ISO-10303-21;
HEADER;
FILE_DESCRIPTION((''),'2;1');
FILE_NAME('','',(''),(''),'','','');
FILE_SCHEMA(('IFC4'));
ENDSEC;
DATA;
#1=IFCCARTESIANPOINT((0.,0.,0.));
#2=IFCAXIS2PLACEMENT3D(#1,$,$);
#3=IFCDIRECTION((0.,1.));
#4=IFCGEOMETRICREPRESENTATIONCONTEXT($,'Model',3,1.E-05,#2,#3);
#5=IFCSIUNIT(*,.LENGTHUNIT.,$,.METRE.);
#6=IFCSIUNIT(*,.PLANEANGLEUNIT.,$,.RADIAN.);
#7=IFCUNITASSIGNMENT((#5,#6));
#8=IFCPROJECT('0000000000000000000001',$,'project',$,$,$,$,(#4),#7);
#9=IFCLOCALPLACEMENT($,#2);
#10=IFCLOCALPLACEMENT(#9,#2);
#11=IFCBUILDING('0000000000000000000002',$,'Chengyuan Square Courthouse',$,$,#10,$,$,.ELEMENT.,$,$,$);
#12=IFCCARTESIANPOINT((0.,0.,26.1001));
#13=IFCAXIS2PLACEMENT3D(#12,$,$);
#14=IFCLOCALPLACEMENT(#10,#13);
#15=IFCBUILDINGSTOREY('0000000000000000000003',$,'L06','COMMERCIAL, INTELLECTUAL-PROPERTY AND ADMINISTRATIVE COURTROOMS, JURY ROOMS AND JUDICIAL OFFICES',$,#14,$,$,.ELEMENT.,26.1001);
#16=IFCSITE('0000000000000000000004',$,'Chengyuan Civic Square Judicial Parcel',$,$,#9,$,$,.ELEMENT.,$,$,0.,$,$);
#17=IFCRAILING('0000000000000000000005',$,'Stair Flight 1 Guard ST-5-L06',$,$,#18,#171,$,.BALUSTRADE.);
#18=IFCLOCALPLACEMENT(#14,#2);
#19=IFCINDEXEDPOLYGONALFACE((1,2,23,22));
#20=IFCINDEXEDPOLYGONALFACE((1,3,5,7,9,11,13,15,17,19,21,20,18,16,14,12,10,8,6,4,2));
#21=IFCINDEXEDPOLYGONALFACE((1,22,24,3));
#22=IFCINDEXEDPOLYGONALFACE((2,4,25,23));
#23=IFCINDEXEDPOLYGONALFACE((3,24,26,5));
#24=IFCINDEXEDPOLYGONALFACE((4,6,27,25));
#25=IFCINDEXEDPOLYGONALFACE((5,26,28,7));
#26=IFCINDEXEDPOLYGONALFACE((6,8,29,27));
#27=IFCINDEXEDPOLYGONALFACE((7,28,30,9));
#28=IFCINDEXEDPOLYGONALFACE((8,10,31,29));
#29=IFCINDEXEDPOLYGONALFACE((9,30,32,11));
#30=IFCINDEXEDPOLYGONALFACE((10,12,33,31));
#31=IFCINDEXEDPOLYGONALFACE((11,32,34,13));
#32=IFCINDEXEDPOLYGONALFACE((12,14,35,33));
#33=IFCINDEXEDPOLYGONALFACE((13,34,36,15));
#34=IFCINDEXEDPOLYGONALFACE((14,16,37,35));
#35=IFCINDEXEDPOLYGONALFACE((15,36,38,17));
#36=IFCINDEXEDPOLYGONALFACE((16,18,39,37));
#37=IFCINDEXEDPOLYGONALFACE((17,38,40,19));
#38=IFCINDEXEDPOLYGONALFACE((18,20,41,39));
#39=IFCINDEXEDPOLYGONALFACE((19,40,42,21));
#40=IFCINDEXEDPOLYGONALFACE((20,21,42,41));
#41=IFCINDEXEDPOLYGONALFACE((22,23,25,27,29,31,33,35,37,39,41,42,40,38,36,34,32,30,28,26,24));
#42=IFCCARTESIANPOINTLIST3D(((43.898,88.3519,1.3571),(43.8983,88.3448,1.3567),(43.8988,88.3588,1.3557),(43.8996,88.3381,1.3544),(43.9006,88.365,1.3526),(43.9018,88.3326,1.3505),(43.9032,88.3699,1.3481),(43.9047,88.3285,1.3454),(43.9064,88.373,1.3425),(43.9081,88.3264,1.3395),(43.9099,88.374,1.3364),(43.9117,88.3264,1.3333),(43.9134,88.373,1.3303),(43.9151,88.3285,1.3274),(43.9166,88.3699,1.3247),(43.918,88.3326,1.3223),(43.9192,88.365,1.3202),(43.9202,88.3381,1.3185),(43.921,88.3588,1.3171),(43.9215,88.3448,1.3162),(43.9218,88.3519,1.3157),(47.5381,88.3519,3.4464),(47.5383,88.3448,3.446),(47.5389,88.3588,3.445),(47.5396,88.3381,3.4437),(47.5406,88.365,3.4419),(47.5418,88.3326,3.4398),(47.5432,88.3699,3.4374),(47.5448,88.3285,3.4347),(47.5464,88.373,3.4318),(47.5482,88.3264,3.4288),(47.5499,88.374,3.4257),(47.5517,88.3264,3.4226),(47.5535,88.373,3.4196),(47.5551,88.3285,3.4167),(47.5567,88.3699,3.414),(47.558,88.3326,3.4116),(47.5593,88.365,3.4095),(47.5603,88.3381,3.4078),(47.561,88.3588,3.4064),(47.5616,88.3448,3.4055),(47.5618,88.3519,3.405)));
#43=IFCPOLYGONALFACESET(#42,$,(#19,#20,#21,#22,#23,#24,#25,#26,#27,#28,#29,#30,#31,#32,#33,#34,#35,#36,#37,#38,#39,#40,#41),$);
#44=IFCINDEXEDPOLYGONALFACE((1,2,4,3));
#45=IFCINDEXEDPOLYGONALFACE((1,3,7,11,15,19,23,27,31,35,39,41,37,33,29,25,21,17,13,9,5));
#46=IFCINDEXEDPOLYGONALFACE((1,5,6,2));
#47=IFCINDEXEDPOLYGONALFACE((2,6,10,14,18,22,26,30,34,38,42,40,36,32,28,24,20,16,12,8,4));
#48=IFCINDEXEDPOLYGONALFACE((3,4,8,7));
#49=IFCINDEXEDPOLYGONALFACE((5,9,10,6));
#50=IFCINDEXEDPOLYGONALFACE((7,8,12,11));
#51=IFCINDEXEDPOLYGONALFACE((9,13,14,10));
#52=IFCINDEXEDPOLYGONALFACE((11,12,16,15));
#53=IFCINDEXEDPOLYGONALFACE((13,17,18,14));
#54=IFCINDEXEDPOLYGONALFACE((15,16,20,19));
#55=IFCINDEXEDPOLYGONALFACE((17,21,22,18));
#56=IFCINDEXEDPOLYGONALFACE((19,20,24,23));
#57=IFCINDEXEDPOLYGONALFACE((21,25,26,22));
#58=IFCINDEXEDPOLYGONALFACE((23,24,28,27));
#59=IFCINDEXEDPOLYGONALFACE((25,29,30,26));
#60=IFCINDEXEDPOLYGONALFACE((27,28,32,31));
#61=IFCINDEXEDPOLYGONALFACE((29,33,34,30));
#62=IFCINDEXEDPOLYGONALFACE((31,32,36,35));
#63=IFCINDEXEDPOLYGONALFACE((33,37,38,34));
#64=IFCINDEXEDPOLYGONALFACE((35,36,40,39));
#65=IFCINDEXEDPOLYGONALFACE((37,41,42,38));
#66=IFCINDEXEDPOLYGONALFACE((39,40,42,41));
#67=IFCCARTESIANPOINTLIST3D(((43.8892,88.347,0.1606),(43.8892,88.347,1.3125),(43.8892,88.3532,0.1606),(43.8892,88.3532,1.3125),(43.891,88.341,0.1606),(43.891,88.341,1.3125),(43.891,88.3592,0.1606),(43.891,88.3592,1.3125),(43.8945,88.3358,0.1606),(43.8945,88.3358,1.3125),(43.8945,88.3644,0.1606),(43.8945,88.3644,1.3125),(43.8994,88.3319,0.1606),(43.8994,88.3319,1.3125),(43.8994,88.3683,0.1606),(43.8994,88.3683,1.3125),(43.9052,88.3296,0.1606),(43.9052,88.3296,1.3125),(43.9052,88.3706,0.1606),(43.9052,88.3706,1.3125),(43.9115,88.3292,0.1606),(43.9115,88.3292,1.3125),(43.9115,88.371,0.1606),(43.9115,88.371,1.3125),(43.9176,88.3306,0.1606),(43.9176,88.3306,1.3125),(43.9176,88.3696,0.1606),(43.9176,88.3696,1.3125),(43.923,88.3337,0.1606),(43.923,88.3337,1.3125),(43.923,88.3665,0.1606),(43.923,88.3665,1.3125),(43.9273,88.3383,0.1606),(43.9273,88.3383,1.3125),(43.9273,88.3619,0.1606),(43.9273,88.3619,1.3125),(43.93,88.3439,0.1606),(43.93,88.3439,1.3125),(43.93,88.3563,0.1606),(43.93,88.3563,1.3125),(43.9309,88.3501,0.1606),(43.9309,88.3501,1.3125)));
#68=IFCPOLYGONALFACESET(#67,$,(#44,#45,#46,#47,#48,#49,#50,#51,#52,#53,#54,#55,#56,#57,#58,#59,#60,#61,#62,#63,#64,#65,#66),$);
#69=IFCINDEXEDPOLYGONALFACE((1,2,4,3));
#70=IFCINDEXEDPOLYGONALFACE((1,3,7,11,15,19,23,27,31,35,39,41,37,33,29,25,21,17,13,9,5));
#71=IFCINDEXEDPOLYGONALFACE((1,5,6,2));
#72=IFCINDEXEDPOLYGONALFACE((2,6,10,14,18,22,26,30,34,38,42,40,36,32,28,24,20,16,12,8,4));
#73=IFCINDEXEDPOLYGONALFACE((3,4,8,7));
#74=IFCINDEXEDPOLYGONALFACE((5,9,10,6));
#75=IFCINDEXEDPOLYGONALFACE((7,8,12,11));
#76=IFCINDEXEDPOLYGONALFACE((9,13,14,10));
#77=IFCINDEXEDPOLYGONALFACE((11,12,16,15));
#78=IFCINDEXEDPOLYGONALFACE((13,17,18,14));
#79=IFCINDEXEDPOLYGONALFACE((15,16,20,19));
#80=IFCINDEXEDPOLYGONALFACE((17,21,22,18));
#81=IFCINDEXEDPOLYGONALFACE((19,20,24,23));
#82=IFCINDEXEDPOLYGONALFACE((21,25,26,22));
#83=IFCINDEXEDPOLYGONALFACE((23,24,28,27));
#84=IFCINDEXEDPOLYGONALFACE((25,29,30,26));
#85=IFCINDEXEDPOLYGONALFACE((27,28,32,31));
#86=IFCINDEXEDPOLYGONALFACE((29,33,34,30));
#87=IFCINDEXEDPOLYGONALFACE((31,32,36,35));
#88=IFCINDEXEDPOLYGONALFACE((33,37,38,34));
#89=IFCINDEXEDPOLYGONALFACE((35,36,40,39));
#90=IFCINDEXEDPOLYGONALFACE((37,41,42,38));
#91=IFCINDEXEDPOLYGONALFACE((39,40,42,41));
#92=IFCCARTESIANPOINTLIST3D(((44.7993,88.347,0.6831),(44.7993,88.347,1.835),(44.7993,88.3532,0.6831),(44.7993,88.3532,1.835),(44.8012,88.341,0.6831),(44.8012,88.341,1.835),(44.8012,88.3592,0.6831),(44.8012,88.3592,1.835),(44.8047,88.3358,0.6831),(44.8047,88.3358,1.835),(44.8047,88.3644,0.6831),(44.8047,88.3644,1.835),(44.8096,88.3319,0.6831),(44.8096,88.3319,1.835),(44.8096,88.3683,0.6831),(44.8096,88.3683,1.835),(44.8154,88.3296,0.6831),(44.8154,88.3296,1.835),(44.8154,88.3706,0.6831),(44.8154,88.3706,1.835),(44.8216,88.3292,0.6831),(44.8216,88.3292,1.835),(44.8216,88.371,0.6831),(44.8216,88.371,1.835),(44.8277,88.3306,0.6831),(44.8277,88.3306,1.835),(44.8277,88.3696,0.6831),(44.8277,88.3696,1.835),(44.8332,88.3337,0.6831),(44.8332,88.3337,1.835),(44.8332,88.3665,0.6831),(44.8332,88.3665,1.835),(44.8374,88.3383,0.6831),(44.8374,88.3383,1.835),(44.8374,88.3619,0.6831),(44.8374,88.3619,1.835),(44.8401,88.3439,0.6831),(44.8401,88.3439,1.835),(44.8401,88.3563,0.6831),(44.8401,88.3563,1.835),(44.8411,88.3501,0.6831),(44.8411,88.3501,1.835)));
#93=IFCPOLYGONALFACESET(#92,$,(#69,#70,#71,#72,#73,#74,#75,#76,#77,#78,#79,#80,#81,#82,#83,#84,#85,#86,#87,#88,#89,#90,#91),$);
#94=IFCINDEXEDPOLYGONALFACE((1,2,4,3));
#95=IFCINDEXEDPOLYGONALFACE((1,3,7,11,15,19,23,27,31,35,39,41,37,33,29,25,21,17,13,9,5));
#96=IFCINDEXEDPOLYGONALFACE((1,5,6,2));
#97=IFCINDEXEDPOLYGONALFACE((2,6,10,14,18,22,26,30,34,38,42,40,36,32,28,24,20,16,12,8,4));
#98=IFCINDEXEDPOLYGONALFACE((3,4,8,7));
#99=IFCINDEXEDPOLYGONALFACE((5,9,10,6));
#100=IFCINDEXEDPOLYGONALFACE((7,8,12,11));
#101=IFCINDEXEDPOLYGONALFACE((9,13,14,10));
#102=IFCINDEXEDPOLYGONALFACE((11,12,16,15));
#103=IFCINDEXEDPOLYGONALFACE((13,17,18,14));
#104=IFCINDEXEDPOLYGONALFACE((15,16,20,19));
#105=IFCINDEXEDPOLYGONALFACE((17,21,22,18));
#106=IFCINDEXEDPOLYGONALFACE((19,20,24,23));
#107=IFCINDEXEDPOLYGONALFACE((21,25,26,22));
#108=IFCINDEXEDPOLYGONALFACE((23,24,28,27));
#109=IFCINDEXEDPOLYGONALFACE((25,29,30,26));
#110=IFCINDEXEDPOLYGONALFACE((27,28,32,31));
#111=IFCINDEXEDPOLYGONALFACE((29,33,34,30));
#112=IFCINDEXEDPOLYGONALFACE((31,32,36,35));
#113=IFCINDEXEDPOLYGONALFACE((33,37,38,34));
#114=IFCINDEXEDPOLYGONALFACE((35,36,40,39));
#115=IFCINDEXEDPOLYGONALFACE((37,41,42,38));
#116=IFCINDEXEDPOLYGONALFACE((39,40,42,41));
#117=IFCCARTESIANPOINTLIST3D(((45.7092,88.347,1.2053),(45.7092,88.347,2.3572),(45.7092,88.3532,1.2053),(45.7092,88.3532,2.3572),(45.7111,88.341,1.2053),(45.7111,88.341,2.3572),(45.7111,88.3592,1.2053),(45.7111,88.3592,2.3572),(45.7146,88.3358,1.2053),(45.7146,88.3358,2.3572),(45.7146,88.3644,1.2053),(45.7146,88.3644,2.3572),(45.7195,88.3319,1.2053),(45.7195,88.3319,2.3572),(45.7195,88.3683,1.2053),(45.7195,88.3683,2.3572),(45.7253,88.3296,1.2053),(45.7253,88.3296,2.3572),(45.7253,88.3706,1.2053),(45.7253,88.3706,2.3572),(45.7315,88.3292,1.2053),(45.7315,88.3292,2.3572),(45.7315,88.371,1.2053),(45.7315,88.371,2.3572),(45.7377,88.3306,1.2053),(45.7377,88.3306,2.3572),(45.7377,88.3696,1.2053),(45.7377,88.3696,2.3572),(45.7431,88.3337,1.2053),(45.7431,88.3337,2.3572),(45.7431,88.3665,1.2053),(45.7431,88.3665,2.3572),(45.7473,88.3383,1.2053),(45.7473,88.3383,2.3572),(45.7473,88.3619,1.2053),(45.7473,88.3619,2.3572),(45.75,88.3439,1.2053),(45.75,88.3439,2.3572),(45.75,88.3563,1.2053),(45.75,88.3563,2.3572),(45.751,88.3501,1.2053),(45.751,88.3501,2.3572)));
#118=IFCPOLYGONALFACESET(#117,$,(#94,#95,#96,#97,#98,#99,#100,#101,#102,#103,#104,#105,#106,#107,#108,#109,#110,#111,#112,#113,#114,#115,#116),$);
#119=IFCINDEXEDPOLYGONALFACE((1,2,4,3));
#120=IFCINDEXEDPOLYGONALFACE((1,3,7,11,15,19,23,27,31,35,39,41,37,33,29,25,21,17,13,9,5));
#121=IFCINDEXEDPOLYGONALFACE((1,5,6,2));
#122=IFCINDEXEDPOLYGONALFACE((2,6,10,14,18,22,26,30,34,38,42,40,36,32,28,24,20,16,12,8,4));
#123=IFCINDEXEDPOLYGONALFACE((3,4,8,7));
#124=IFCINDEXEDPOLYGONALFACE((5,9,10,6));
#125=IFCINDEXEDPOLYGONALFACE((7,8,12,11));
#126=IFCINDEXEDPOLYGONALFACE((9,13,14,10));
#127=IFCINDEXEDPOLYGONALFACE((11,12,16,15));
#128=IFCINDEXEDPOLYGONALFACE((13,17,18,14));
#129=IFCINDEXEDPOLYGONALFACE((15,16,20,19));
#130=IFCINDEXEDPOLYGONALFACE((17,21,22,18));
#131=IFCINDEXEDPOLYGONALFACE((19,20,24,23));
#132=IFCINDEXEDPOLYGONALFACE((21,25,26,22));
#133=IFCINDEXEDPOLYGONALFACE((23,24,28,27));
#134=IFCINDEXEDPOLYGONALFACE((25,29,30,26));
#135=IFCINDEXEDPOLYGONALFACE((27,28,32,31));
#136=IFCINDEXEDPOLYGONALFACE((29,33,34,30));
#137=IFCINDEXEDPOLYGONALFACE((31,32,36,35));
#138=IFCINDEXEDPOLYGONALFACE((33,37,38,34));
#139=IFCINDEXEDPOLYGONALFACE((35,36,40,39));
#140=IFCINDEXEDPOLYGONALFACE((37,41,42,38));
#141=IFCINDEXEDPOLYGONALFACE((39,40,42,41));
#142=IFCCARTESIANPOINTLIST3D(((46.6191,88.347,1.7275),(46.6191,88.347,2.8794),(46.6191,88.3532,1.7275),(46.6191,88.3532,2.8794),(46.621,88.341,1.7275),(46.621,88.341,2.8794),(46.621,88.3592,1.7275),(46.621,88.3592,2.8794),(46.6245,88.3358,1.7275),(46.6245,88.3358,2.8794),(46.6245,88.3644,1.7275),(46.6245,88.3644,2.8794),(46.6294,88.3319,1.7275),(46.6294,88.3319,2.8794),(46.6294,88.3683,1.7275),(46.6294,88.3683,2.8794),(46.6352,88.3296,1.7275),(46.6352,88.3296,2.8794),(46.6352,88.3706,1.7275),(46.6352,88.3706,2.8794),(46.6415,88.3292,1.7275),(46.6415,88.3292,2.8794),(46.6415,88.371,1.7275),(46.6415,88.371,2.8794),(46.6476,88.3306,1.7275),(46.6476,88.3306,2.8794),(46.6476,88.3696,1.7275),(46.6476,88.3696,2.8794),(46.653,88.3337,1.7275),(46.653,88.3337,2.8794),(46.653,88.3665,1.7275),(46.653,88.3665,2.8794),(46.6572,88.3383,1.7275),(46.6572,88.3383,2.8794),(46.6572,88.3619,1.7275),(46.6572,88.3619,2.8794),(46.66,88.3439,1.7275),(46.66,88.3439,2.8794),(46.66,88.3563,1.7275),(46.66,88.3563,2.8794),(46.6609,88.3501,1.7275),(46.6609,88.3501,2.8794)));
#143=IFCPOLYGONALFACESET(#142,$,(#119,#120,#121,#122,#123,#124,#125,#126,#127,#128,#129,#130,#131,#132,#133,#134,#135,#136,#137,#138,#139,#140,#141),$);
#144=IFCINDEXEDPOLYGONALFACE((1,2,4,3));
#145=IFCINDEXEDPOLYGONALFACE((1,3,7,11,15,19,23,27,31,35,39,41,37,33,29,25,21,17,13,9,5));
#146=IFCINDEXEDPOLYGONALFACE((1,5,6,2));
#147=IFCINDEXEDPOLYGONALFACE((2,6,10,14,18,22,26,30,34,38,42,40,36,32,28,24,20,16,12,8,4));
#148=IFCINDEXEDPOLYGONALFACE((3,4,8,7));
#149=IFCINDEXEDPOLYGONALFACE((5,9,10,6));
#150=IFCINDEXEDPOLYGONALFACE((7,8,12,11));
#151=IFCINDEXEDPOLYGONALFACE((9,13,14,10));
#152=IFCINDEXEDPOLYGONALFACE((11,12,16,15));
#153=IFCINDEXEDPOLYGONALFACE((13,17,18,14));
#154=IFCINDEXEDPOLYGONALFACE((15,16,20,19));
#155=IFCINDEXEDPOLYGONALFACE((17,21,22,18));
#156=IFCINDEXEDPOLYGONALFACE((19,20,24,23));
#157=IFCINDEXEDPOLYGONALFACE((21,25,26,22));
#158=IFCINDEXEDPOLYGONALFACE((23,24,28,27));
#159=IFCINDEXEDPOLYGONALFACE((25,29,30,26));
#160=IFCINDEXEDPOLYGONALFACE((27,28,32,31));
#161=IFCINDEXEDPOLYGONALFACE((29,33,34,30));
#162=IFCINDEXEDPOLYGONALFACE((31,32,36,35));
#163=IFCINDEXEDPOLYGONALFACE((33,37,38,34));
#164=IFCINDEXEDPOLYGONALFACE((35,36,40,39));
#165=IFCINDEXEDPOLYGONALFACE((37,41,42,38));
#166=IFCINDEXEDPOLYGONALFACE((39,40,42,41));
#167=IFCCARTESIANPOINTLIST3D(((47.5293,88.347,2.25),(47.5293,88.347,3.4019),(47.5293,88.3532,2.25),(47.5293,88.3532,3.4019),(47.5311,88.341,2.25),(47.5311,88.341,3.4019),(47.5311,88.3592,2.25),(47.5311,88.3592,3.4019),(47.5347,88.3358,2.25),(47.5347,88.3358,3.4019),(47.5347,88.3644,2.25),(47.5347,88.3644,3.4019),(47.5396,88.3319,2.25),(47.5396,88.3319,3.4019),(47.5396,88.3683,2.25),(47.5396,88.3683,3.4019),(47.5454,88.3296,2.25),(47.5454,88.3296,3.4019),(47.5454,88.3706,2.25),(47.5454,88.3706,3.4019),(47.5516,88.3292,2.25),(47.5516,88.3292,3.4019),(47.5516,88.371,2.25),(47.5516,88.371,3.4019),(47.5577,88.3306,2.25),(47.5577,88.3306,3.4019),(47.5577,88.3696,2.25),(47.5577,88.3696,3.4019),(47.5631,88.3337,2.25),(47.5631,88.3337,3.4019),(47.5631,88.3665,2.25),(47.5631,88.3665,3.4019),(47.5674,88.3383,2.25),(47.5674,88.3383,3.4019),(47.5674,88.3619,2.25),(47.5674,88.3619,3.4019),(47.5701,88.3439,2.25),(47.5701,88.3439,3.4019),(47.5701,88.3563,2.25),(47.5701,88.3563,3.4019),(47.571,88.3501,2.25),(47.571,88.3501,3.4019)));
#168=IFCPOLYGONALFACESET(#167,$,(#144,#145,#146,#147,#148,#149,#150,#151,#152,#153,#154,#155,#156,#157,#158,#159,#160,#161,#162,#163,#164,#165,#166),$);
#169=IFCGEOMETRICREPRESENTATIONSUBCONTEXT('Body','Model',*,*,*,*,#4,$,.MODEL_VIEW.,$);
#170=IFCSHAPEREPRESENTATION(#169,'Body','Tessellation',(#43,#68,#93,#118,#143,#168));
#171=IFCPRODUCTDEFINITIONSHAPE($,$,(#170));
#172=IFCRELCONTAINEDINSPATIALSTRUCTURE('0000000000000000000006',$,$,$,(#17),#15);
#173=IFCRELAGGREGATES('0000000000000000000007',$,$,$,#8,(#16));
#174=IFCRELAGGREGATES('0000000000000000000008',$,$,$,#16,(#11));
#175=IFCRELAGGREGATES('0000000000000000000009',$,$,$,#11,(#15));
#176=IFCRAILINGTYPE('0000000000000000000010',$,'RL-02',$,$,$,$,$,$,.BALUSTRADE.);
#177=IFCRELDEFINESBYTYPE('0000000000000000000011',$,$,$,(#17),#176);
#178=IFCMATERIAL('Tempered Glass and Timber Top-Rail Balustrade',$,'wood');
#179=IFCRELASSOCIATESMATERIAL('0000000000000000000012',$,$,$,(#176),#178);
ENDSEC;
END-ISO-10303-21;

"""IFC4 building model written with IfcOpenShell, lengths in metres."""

from ifc_helpers import new_model, si_unit, direction, frame, origin, origin_2d, place, context, subcontext, project, spatial, circle, extrude, material, type_object, element, save


model = new_model("IFC4")

# Units and contexts
model_context = context("Model", 3, precision=1e-05, world=origin(), true_north=direction((0.0, 1.0)))
body_context = subcontext(model_context, "Body", "Model", "MODEL_VIEW")
ifc_project = project(units=[si_unit("LENGTHUNIT", "METRE"), si_unit("PLANEANGLEUNIT", "RADIAN")], contexts=[model_context])

# Site, building, storey
site_placement = place(None, origin())
site = spatial("IfcSite", under=ifc_project, at=site_placement, Name="Chengyuan Civic Square Judicial Parcel", CompositionType="ELEMENT", RefElevation=0.0)
building_placement = place(site_placement, origin())
building = spatial("IfcBuilding", under=site, at=building_placement, Name="Chengyuan Square Courthouse", CompositionType="ELEMENT")
storey_placement = place(building_placement, frame((0.0, 0.0, 26.1001)))
storey = spatial("IfcBuildingStorey", under=building, at=storey_placement, Name="L06", Description="COMMERCIAL, INTELLECTUAL-PROPERTY AND ADMINISTRATIVE COURTROOMS, JURY ROOMS AND JUDICIAL OFFICES", CompositionType="ELEMENT", Elevation=26.1001)

# Railing
ifc_material_1 = material(Name="Tempered Glass and Timber Top-Rail Balustrade", Category="wood")
railing_type_1 = type_object("IfcRailingType", Name="RL-02", PredefinedType="BALUSTRADE", material=ifc_material_1)
railing_1_placement = place(storey_placement, frame((43.9099, 88.3501, 0.1606)))
element("IfcRailing", 1, at=railing_1_placement, inside=storey, type_object=railing_type_1, Name="Stair Flight 1 Guard ST-5-L06", PredefinedType="BALUSTRADE", context=body_context, shape_type="SweptSolid", body=[
    extrude(circle(Radius=0.0239, at=origin_2d()), frame((0.0, 0.0, 1.1758), z_axis=(0.867289, 0.0, 0.497804), x_axis=(0.0, 1.0, 0.0)), (0.0, 0.0, 1.0), 4.197),
    extrude(circle(Radius=0.021, at=origin_2d()), origin(), (0.0, 0.0, 1.0), 1.1519),
    extrude(circle(Radius=0.021, at=origin_2d()), frame((0.9102, 0.0, 0.5225)), (0.0, 0.0, 1.0), 1.1519),
    extrude(circle(Radius=0.021, at=origin_2d()), frame((1.8201, 0.0, 1.0447)), (0.0, 0.0, 1.0), 1.1519),
    extrude(circle(Radius=0.021, at=origin_2d()), frame((2.73, 0.0, 1.5669)), (0.0, 0.0, 1.0), 1.1519),
    extrude(circle(Radius=0.021, at=origin_2d()), frame((3.6401, 0.0, 2.0894)), (0.0, 0.0, 1.0), 1.1519),
])

save(model, "model.ifc")
